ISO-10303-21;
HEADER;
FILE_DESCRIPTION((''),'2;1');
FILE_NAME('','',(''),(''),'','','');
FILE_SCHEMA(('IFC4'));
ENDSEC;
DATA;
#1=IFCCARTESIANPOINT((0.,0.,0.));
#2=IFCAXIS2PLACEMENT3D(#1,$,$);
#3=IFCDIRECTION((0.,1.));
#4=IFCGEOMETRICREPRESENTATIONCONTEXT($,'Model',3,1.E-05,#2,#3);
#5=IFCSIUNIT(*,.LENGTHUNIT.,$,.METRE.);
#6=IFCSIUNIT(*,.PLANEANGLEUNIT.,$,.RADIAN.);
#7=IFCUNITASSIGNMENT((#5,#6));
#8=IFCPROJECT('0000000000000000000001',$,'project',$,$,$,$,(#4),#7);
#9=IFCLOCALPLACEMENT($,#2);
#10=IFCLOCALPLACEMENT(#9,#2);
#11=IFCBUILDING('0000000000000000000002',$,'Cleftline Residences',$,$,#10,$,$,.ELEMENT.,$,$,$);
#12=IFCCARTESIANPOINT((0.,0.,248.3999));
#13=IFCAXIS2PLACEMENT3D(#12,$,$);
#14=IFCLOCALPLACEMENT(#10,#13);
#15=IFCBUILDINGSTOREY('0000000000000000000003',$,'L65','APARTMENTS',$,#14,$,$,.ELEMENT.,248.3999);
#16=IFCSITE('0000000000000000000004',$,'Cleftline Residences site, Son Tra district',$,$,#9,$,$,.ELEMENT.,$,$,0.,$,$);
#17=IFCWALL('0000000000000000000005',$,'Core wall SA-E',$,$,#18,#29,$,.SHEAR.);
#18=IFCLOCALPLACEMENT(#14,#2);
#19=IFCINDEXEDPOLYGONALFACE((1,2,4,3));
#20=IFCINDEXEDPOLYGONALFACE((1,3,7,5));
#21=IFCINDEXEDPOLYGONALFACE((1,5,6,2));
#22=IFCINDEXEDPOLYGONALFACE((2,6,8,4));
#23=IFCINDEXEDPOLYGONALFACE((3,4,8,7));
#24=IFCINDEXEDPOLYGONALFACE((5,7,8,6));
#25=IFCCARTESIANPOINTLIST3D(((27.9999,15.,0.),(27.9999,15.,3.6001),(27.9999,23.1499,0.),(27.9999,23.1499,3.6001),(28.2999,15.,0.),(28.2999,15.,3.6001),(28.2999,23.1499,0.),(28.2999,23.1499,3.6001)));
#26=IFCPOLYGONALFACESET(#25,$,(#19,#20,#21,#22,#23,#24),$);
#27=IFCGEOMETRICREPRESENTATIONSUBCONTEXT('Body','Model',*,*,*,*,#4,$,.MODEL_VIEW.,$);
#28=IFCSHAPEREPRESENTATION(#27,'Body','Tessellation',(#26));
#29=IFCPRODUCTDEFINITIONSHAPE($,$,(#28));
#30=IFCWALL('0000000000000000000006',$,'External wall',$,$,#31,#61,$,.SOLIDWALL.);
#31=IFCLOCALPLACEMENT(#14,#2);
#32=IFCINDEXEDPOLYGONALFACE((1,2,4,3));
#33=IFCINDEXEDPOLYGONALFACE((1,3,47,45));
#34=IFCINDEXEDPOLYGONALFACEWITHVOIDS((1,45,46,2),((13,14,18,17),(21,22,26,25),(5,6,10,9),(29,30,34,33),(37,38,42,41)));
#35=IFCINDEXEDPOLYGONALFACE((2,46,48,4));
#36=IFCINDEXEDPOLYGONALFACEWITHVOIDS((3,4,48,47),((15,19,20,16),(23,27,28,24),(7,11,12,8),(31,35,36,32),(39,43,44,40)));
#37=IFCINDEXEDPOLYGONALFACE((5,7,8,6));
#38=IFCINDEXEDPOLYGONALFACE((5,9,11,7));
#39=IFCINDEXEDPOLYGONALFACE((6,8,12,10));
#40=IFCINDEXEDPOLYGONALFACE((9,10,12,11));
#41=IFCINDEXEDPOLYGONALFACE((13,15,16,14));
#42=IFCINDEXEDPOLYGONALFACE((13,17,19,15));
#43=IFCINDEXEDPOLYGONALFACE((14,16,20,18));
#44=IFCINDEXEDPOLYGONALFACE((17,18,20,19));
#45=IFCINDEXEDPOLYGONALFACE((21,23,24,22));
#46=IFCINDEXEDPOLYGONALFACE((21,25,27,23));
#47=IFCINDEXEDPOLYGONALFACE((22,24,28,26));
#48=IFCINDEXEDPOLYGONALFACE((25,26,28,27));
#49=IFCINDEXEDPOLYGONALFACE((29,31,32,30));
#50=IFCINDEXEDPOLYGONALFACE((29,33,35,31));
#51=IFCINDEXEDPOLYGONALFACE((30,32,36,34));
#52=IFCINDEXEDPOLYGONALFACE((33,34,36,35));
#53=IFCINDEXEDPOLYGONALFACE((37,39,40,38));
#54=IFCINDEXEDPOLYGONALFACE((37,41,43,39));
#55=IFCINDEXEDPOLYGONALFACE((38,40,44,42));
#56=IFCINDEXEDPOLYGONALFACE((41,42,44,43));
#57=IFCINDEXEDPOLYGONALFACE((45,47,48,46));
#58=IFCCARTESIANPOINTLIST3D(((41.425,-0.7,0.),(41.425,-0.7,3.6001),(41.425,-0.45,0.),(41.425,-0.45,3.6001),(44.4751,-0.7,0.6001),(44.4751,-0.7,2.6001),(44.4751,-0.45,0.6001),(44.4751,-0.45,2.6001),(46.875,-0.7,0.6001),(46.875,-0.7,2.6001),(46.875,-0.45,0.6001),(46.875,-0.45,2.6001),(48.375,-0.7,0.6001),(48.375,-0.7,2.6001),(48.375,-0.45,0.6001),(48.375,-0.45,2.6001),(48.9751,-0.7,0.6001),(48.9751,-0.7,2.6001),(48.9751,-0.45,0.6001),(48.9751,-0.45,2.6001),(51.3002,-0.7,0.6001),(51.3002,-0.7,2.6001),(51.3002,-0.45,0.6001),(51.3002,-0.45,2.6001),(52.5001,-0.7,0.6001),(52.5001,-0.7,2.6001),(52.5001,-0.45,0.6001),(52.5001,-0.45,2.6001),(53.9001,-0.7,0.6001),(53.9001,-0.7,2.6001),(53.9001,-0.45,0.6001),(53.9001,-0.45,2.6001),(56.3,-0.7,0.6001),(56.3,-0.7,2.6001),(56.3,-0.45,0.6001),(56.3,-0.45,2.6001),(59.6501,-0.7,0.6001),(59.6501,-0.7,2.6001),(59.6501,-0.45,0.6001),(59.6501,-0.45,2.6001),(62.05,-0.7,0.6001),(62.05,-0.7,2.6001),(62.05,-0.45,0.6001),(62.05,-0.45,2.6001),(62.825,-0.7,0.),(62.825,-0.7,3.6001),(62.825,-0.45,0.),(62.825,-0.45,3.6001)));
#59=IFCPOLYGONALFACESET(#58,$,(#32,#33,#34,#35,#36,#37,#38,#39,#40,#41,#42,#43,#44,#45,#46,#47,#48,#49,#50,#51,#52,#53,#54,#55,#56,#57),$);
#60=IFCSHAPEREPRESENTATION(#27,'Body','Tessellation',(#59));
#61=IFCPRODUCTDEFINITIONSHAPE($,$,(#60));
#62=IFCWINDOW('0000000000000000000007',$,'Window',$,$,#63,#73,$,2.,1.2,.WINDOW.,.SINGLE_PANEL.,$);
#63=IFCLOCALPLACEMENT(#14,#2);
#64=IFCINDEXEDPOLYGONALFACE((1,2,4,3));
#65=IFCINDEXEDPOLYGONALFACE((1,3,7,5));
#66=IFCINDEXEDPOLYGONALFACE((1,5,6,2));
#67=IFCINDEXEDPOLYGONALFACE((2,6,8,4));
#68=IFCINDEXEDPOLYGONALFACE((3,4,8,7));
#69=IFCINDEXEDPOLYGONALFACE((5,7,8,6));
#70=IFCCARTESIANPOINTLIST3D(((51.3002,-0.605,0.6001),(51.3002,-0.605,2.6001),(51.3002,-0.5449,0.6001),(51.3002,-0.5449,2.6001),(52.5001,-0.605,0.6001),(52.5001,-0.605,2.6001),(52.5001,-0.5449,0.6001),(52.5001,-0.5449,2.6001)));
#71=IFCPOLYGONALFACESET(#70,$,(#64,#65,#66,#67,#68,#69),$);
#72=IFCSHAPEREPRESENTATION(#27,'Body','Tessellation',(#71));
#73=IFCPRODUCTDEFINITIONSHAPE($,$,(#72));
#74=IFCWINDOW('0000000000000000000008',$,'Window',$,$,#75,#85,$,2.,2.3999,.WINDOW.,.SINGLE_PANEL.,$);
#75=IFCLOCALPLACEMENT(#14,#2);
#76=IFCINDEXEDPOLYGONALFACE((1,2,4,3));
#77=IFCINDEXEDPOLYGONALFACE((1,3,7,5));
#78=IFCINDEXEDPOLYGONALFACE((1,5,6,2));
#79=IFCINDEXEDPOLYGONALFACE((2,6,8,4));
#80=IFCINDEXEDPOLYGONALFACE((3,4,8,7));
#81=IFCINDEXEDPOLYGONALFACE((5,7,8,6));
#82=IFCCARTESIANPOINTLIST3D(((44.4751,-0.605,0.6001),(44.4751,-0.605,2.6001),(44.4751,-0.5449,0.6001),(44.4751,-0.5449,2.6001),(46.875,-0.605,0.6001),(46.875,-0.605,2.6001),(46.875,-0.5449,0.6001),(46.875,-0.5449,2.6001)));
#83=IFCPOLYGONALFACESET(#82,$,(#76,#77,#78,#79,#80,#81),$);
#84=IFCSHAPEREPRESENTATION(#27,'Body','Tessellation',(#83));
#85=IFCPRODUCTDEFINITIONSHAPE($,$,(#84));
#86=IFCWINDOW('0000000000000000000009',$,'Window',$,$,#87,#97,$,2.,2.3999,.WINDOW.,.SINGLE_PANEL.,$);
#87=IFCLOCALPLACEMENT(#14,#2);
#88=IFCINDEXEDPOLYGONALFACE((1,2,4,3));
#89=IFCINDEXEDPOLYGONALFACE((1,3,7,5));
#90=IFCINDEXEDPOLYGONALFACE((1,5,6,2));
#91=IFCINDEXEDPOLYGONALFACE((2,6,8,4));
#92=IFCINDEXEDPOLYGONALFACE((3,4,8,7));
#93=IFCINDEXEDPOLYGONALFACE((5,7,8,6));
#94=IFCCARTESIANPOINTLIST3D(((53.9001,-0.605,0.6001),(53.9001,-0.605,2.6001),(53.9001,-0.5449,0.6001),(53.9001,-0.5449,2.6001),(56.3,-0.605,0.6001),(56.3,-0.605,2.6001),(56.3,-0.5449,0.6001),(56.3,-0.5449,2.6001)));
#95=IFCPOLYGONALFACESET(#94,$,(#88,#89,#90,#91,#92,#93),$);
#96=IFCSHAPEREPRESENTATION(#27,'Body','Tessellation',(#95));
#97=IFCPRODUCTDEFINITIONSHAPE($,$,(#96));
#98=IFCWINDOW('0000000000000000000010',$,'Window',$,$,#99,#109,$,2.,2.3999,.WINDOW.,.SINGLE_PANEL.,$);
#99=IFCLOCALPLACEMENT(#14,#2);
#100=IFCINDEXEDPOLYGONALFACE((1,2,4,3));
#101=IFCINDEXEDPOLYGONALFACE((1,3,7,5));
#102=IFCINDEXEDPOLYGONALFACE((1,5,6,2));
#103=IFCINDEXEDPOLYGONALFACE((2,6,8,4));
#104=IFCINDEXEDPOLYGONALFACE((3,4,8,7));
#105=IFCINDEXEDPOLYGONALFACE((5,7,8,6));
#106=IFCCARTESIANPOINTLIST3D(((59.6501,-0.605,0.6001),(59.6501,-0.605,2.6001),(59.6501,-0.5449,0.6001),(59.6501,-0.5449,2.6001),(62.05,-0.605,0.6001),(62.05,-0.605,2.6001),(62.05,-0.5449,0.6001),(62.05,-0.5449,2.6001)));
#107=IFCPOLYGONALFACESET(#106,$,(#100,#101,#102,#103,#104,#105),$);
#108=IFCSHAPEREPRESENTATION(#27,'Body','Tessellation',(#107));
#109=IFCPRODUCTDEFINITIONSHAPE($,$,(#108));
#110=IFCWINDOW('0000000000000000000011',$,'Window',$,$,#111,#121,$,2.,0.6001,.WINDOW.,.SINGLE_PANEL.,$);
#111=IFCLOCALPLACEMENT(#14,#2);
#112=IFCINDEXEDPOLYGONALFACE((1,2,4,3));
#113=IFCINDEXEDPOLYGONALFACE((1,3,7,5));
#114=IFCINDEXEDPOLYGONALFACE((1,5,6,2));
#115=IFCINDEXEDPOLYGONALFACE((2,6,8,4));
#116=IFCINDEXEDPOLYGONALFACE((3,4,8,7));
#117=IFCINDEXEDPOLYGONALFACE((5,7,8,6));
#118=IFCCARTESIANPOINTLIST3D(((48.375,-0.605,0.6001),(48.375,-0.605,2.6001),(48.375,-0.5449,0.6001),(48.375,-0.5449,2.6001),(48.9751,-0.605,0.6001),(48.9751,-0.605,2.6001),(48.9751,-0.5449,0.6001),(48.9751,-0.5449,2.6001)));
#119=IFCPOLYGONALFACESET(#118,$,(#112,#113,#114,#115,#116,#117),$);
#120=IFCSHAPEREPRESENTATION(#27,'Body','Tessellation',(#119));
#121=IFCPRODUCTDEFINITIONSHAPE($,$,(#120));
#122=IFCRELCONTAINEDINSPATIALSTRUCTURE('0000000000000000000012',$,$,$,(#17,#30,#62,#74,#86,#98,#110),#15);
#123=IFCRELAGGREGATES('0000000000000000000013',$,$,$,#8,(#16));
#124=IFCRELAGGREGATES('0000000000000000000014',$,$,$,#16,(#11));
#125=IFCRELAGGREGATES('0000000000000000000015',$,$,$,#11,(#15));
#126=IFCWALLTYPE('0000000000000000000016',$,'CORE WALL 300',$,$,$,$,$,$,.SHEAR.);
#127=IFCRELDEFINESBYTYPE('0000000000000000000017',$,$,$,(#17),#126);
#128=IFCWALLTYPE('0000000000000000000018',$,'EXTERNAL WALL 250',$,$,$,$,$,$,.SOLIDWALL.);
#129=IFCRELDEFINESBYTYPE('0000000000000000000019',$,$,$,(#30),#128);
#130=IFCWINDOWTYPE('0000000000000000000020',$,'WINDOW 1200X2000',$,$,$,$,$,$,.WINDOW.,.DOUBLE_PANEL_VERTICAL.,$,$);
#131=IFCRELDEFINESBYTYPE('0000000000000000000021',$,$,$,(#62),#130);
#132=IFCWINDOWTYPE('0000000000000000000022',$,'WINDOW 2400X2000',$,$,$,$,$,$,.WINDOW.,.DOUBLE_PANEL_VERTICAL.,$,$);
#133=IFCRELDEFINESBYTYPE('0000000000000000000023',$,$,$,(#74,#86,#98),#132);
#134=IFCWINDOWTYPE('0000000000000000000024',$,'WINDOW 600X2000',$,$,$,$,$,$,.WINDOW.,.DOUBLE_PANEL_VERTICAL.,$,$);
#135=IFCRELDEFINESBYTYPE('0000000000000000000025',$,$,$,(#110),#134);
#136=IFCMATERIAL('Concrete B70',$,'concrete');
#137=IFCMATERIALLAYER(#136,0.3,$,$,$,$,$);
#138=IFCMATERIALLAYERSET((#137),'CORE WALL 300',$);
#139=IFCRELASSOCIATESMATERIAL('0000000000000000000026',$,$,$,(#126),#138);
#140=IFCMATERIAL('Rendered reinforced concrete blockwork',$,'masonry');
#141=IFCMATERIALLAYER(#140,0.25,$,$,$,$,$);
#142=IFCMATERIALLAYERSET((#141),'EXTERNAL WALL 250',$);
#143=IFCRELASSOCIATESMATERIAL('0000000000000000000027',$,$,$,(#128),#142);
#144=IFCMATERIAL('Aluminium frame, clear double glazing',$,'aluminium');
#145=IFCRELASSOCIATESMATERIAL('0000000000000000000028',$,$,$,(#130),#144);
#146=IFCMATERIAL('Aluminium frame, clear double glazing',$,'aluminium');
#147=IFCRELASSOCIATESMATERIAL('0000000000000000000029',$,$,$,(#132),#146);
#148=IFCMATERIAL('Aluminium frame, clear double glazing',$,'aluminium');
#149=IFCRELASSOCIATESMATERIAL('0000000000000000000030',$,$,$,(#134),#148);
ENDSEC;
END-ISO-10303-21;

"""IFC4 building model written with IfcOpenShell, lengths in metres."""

from ifc_helpers import new_model, si_unit, direction, frame, frame_2d, origin, place, context, subcontext, project, spatial, rectangle, extrude, material, layer, layer_set, type_object, element, fill, save


model = new_model("IFC4")

# Units and contexts
model_context = context("Model", 3, precision=1e-05, world=origin(), true_north=direction((0.0, 1.0)))
body_context = subcontext(model_context, "Body", "Model", "MODEL_VIEW")
ifc_project = project(units=[si_unit("LENGTHUNIT", "METRE"), si_unit("PLANEANGLEUNIT", "RADIAN")], contexts=[model_context])

# Site, building, storey
site_placement = place(None, origin())
site = spatial("IfcSite", under=ifc_project, at=site_placement, Name="Cleftline Residences site, Son Tra district", CompositionType="ELEMENT", RefElevation=0.0)
building_placement = place(site_placement, origin())
building = spatial("IfcBuilding", under=site, at=building_placement, Name="Cleftline Residences", CompositionType="ELEMENT")
storey_placement = place(building_placement, frame((0.0, 0.0, 248.3999)))
storey = spatial("IfcBuildingStorey", under=building, at=storey_placement, Name="L65", Description="APARTMENTS", CompositionType="ELEMENT", Elevation=248.3999)

# Wall
ifc_material_1 = material(Name="Concrete B70", Category="concrete")
ifc_layer_1 = layer(ifc_material_1, 0.3)
ifc_layer_set_1 = layer_set([ifc_layer_1], Name="CORE WALL 300")
wall_type_1 = type_object("IfcWallType", Name="CORE WALL 300", PredefinedType="SHEAR", material=ifc_layer_set_1)
wall_1_placement = place(storey_placement, frame((28.1499, 15.0, 0.0), z_axis=(0.0, 0.0, 1.0), x_axis=(0.0, 1.0, 0.0)))
element("IfcWall", 1, at=wall_1_placement, inside=storey, type_object=wall_type_1, Name="Core wall SA-E", PredefinedType="SHEAR", context=body_context, shape_type="SweptSolid", body=[
    extrude(rectangle(XDim=8.1499, YDim=0.3, at=frame_2d((4.075, 0.0))), origin(), (0.0, 0.0, 1.0), 3.6001),
])

# Wall, openings, windows
ifc_material_2 = material(Name="Rendered reinforced concrete blockwork", Category="masonry")
ifc_layer_2 = layer(ifc_material_2, 0.25)
ifc_layer_set_2 = layer_set([ifc_layer_2], Name="EXTERNAL WALL 250")
wall_type_2 = type_object("IfcWallType", Name="EXTERNAL WALL 250", PredefinedType="SOLIDWALL", material=ifc_layer_set_2)
wall_2_placement = place(storey_placement, frame((41.425, -0.575, 0.0), z_axis=(0.0, 0.0, 1.0), x_axis=(1.0, 0.0, 0.0)))
wall_2 = element("IfcWall", 2, at=wall_2_placement, inside=storey, type_object=wall_type_2, Name="External wall", PredefinedType="SOLIDWALL", context=body_context, shape_type="SweptSolid", body=[
    extrude(rectangle(XDim=21.3999, YDim=0.25, at=frame_2d((10.7, 0.0))), origin(), (0.0, 0.0, 1.0), 3.6001),
])
opening_1_placement = place(wall_2_placement, frame((3.05, 0.0, 0.6001)))
opening_1 = element("IfcOpeningElement", 3, at=opening_1_placement, cuts=wall_2, PredefinedType="OPENING", context=body_context, shape_type="SweptSolid", body=[
    extrude(rectangle(XDim=2.3999, YDim=2.0, at=frame_2d((1.2, 1.0))), frame((0.0, 0.135, 0.0), z_axis=(0.0, -1.0, 0.0), x_axis=(1.0, 0.0, 0.0)), (0.0, 0.0, 1.0), 0.27),
])
opening_2_placement = place(wall_2_placement, frame((6.95, 0.0, 0.6001)))
opening_2 = element("IfcOpeningElement", 4, at=opening_2_placement, cuts=wall_2, PredefinedType="OPENING", context=body_context, shape_type="SweptSolid", body=[
    extrude(rectangle(XDim=0.6001, YDim=2.0, at=frame_2d((0.3, 1.0))), frame((0.0, 0.135, 0.0), z_axis=(0.0, -1.0, 0.0), x_axis=(1.0, 0.0, 0.0)), (0.0, 0.0, 1.0), 0.27),
])
opening_3_placement = place(wall_2_placement, frame((9.875, 0.0, 0.6001)))
opening_3 = element("IfcOpeningElement", 5, at=opening_3_placement, cuts=wall_2, PredefinedType="OPENING", context=body_context, shape_type="SweptSolid", body=[
    extrude(rectangle(XDim=1.2, YDim=2.0, at=frame_2d((0.6001, 1.0))), frame((0.0, 0.135, 0.0), z_axis=(0.0, -1.0, 0.0), x_axis=(1.0, 0.0, 0.0)), (0.0, 0.0, 1.0), 0.27),
])
opening_4_placement = place(wall_2_placement, frame((12.4751, 0.0, 0.6001)))
opening_4 = element("IfcOpeningElement", 6, at=opening_4_placement, cuts=wall_2, PredefinedType="OPENING", context=body_context, shape_type="SweptSolid", body=[
    extrude(rectangle(XDim=2.3999, YDim=2.0, at=frame_2d((1.2, 1.0))), frame((0.0, 0.135, 0.0), z_axis=(0.0, -1.0, 0.0), x_axis=(1.0, 0.0, 0.0)), (0.0, 0.0, 1.0), 0.27),
])
opening_5_placement = place(wall_2_placement, frame((18.2251, 0.0, 0.6001)))
opening_5 = element("IfcOpeningElement", 7, at=opening_5_placement, cuts=wall_2, PredefinedType="OPENING", context=body_context, shape_type="SweptSolid", body=[
    extrude(rectangle(XDim=2.3999, YDim=2.0, at=frame_2d((1.2, 1.0))), frame((0.0, 0.135, 0.0), z_axis=(0.0, -1.0, 0.0), x_axis=(1.0, 0.0, 0.0)), (0.0, 0.0, 1.0), 0.27),
])
ifc_material_3 = material(Name="Aluminium frame, clear double glazing", Category="aluminium")
window_type_1 = type_object("IfcWindowType", Name="WINDOW 1200X2000", PartitioningType="DOUBLE_PANEL_VERTICAL", PredefinedType="WINDOW", material=ifc_material_3)
window_1_placement = place(opening_3_placement, origin())
window_1 = element("IfcWindow", 8, at=window_1_placement, inside=storey, type_object=window_type_1, Name="Window", OverallHeight=2.0, OverallWidth=1.2, PartitioningType="SINGLE_PANEL", PredefinedType="WINDOW", context=body_context, shape_type="SweptSolid", body=[
    extrude(rectangle(XDim=1.2, YDim=2.0, at=frame_2d((0.6001, 1.0))), frame((0.0, 0.03, 0.0), z_axis=(0.0, -1.0, 0.0), x_axis=(1.0, 0.0, 0.0)), (0.0, 0.0, 1.0), 0.0601),
])
fill(opening_3, window_1)
ifc_material_4 = material(Name="Aluminium frame, clear double glazing", Category="aluminium")
window_type_2 = type_object("IfcWindowType", Name="WINDOW 2400X2000", PartitioningType="DOUBLE_PANEL_VERTICAL", PredefinedType="WINDOW", material=ifc_material_4)
window_2_placement = place(opening_1_placement, origin())
window_2 = element("IfcWindow", 9, at=window_2_placement, inside=storey, type_object=window_type_2, Name="Window", OverallHeight=2.0, OverallWidth=2.3999, PartitioningType="SINGLE_PANEL", PredefinedType="WINDOW", context=body_context, shape_type="SweptSolid", body=[
    extrude(rectangle(XDim=2.3999, YDim=2.0, at=frame_2d((1.2, 1.0))), frame((0.0, 0.03, 0.0), z_axis=(0.0, -1.0, 0.0), x_axis=(1.0, 0.0, 0.0)), (0.0, 0.0, 1.0), 0.0601),
])
fill(opening_1, window_2)
window_3_placement = place(opening_4_placement, origin())
window_3 = element("IfcWindow", 10, at=window_3_placement, inside=storey, type_object=window_type_2, Name="Window", OverallHeight=2.0, OverallWidth=2.3999, PartitioningType="SINGLE_PANEL", PredefinedType="WINDOW", context=body_context, shape_type="SweptSolid", body=[
    extrude(rectangle(XDim=2.3999, YDim=2.0, at=frame_2d((1.2, 1.0))), frame((0.0, 0.03, 0.0), z_axis=(0.0, -1.0, 0.0), x_axis=(1.0, 0.0, 0.0)), (0.0, 0.0, 1.0), 0.0601),
])
fill(opening_4, window_3)
window_4_placement = place(opening_5_placement, origin())
window_4 = element("IfcWindow", 11, at=window_4_placement, inside=storey, type_object=window_type_2, Name="Window", OverallHeight=2.0, OverallWidth=2.3999, PartitioningType="SINGLE_PANEL", PredefinedType="WINDOW", context=body_context, shape_type="SweptSolid", body=[
    extrude(rectangle(XDim=2.3999, YDim=2.0, at=frame_2d((1.2, 1.0))), frame((0.0, 0.03, 0.0), z_axis=(0.0, -1.0, 0.0), x_axis=(1.0, 0.0, 0.0)), (0.0, 0.0, 1.0), 0.0601),
])
fill(opening_5, window_4)
ifc_material_5 = material(Name="Aluminium frame, clear double glazing", Category="aluminium")
window_type_3 = type_object("IfcWindowType", Name="WINDOW 600X2000", PartitioningType="DOUBLE_PANEL_VERTICAL", PredefinedType="WINDOW", material=ifc_material_5)
window_5_placement = place(opening_2_placement, origin())
window_5 = element("IfcWindow", 12, at=window_5_placement, inside=storey, type_object=window_type_3, Name="Window", OverallHeight=2.0, OverallWidth=0.6001, PartitioningType="SINGLE_PANEL", PredefinedType="WINDOW", context=body_context, shape_type="SweptSolid", body=[
    extrude(rectangle(XDim=0.6001, YDim=2.0, at=frame_2d((0.3, 1.0))), frame((0.0, 0.03, 0.0), z_axis=(0.0, -1.0, 0.0), x_axis=(1.0, 0.0, 0.0)), (0.0, 0.0, 1.0), 0.0601),
])
fill(opening_2, window_5)

save(model, "model.ifc")
